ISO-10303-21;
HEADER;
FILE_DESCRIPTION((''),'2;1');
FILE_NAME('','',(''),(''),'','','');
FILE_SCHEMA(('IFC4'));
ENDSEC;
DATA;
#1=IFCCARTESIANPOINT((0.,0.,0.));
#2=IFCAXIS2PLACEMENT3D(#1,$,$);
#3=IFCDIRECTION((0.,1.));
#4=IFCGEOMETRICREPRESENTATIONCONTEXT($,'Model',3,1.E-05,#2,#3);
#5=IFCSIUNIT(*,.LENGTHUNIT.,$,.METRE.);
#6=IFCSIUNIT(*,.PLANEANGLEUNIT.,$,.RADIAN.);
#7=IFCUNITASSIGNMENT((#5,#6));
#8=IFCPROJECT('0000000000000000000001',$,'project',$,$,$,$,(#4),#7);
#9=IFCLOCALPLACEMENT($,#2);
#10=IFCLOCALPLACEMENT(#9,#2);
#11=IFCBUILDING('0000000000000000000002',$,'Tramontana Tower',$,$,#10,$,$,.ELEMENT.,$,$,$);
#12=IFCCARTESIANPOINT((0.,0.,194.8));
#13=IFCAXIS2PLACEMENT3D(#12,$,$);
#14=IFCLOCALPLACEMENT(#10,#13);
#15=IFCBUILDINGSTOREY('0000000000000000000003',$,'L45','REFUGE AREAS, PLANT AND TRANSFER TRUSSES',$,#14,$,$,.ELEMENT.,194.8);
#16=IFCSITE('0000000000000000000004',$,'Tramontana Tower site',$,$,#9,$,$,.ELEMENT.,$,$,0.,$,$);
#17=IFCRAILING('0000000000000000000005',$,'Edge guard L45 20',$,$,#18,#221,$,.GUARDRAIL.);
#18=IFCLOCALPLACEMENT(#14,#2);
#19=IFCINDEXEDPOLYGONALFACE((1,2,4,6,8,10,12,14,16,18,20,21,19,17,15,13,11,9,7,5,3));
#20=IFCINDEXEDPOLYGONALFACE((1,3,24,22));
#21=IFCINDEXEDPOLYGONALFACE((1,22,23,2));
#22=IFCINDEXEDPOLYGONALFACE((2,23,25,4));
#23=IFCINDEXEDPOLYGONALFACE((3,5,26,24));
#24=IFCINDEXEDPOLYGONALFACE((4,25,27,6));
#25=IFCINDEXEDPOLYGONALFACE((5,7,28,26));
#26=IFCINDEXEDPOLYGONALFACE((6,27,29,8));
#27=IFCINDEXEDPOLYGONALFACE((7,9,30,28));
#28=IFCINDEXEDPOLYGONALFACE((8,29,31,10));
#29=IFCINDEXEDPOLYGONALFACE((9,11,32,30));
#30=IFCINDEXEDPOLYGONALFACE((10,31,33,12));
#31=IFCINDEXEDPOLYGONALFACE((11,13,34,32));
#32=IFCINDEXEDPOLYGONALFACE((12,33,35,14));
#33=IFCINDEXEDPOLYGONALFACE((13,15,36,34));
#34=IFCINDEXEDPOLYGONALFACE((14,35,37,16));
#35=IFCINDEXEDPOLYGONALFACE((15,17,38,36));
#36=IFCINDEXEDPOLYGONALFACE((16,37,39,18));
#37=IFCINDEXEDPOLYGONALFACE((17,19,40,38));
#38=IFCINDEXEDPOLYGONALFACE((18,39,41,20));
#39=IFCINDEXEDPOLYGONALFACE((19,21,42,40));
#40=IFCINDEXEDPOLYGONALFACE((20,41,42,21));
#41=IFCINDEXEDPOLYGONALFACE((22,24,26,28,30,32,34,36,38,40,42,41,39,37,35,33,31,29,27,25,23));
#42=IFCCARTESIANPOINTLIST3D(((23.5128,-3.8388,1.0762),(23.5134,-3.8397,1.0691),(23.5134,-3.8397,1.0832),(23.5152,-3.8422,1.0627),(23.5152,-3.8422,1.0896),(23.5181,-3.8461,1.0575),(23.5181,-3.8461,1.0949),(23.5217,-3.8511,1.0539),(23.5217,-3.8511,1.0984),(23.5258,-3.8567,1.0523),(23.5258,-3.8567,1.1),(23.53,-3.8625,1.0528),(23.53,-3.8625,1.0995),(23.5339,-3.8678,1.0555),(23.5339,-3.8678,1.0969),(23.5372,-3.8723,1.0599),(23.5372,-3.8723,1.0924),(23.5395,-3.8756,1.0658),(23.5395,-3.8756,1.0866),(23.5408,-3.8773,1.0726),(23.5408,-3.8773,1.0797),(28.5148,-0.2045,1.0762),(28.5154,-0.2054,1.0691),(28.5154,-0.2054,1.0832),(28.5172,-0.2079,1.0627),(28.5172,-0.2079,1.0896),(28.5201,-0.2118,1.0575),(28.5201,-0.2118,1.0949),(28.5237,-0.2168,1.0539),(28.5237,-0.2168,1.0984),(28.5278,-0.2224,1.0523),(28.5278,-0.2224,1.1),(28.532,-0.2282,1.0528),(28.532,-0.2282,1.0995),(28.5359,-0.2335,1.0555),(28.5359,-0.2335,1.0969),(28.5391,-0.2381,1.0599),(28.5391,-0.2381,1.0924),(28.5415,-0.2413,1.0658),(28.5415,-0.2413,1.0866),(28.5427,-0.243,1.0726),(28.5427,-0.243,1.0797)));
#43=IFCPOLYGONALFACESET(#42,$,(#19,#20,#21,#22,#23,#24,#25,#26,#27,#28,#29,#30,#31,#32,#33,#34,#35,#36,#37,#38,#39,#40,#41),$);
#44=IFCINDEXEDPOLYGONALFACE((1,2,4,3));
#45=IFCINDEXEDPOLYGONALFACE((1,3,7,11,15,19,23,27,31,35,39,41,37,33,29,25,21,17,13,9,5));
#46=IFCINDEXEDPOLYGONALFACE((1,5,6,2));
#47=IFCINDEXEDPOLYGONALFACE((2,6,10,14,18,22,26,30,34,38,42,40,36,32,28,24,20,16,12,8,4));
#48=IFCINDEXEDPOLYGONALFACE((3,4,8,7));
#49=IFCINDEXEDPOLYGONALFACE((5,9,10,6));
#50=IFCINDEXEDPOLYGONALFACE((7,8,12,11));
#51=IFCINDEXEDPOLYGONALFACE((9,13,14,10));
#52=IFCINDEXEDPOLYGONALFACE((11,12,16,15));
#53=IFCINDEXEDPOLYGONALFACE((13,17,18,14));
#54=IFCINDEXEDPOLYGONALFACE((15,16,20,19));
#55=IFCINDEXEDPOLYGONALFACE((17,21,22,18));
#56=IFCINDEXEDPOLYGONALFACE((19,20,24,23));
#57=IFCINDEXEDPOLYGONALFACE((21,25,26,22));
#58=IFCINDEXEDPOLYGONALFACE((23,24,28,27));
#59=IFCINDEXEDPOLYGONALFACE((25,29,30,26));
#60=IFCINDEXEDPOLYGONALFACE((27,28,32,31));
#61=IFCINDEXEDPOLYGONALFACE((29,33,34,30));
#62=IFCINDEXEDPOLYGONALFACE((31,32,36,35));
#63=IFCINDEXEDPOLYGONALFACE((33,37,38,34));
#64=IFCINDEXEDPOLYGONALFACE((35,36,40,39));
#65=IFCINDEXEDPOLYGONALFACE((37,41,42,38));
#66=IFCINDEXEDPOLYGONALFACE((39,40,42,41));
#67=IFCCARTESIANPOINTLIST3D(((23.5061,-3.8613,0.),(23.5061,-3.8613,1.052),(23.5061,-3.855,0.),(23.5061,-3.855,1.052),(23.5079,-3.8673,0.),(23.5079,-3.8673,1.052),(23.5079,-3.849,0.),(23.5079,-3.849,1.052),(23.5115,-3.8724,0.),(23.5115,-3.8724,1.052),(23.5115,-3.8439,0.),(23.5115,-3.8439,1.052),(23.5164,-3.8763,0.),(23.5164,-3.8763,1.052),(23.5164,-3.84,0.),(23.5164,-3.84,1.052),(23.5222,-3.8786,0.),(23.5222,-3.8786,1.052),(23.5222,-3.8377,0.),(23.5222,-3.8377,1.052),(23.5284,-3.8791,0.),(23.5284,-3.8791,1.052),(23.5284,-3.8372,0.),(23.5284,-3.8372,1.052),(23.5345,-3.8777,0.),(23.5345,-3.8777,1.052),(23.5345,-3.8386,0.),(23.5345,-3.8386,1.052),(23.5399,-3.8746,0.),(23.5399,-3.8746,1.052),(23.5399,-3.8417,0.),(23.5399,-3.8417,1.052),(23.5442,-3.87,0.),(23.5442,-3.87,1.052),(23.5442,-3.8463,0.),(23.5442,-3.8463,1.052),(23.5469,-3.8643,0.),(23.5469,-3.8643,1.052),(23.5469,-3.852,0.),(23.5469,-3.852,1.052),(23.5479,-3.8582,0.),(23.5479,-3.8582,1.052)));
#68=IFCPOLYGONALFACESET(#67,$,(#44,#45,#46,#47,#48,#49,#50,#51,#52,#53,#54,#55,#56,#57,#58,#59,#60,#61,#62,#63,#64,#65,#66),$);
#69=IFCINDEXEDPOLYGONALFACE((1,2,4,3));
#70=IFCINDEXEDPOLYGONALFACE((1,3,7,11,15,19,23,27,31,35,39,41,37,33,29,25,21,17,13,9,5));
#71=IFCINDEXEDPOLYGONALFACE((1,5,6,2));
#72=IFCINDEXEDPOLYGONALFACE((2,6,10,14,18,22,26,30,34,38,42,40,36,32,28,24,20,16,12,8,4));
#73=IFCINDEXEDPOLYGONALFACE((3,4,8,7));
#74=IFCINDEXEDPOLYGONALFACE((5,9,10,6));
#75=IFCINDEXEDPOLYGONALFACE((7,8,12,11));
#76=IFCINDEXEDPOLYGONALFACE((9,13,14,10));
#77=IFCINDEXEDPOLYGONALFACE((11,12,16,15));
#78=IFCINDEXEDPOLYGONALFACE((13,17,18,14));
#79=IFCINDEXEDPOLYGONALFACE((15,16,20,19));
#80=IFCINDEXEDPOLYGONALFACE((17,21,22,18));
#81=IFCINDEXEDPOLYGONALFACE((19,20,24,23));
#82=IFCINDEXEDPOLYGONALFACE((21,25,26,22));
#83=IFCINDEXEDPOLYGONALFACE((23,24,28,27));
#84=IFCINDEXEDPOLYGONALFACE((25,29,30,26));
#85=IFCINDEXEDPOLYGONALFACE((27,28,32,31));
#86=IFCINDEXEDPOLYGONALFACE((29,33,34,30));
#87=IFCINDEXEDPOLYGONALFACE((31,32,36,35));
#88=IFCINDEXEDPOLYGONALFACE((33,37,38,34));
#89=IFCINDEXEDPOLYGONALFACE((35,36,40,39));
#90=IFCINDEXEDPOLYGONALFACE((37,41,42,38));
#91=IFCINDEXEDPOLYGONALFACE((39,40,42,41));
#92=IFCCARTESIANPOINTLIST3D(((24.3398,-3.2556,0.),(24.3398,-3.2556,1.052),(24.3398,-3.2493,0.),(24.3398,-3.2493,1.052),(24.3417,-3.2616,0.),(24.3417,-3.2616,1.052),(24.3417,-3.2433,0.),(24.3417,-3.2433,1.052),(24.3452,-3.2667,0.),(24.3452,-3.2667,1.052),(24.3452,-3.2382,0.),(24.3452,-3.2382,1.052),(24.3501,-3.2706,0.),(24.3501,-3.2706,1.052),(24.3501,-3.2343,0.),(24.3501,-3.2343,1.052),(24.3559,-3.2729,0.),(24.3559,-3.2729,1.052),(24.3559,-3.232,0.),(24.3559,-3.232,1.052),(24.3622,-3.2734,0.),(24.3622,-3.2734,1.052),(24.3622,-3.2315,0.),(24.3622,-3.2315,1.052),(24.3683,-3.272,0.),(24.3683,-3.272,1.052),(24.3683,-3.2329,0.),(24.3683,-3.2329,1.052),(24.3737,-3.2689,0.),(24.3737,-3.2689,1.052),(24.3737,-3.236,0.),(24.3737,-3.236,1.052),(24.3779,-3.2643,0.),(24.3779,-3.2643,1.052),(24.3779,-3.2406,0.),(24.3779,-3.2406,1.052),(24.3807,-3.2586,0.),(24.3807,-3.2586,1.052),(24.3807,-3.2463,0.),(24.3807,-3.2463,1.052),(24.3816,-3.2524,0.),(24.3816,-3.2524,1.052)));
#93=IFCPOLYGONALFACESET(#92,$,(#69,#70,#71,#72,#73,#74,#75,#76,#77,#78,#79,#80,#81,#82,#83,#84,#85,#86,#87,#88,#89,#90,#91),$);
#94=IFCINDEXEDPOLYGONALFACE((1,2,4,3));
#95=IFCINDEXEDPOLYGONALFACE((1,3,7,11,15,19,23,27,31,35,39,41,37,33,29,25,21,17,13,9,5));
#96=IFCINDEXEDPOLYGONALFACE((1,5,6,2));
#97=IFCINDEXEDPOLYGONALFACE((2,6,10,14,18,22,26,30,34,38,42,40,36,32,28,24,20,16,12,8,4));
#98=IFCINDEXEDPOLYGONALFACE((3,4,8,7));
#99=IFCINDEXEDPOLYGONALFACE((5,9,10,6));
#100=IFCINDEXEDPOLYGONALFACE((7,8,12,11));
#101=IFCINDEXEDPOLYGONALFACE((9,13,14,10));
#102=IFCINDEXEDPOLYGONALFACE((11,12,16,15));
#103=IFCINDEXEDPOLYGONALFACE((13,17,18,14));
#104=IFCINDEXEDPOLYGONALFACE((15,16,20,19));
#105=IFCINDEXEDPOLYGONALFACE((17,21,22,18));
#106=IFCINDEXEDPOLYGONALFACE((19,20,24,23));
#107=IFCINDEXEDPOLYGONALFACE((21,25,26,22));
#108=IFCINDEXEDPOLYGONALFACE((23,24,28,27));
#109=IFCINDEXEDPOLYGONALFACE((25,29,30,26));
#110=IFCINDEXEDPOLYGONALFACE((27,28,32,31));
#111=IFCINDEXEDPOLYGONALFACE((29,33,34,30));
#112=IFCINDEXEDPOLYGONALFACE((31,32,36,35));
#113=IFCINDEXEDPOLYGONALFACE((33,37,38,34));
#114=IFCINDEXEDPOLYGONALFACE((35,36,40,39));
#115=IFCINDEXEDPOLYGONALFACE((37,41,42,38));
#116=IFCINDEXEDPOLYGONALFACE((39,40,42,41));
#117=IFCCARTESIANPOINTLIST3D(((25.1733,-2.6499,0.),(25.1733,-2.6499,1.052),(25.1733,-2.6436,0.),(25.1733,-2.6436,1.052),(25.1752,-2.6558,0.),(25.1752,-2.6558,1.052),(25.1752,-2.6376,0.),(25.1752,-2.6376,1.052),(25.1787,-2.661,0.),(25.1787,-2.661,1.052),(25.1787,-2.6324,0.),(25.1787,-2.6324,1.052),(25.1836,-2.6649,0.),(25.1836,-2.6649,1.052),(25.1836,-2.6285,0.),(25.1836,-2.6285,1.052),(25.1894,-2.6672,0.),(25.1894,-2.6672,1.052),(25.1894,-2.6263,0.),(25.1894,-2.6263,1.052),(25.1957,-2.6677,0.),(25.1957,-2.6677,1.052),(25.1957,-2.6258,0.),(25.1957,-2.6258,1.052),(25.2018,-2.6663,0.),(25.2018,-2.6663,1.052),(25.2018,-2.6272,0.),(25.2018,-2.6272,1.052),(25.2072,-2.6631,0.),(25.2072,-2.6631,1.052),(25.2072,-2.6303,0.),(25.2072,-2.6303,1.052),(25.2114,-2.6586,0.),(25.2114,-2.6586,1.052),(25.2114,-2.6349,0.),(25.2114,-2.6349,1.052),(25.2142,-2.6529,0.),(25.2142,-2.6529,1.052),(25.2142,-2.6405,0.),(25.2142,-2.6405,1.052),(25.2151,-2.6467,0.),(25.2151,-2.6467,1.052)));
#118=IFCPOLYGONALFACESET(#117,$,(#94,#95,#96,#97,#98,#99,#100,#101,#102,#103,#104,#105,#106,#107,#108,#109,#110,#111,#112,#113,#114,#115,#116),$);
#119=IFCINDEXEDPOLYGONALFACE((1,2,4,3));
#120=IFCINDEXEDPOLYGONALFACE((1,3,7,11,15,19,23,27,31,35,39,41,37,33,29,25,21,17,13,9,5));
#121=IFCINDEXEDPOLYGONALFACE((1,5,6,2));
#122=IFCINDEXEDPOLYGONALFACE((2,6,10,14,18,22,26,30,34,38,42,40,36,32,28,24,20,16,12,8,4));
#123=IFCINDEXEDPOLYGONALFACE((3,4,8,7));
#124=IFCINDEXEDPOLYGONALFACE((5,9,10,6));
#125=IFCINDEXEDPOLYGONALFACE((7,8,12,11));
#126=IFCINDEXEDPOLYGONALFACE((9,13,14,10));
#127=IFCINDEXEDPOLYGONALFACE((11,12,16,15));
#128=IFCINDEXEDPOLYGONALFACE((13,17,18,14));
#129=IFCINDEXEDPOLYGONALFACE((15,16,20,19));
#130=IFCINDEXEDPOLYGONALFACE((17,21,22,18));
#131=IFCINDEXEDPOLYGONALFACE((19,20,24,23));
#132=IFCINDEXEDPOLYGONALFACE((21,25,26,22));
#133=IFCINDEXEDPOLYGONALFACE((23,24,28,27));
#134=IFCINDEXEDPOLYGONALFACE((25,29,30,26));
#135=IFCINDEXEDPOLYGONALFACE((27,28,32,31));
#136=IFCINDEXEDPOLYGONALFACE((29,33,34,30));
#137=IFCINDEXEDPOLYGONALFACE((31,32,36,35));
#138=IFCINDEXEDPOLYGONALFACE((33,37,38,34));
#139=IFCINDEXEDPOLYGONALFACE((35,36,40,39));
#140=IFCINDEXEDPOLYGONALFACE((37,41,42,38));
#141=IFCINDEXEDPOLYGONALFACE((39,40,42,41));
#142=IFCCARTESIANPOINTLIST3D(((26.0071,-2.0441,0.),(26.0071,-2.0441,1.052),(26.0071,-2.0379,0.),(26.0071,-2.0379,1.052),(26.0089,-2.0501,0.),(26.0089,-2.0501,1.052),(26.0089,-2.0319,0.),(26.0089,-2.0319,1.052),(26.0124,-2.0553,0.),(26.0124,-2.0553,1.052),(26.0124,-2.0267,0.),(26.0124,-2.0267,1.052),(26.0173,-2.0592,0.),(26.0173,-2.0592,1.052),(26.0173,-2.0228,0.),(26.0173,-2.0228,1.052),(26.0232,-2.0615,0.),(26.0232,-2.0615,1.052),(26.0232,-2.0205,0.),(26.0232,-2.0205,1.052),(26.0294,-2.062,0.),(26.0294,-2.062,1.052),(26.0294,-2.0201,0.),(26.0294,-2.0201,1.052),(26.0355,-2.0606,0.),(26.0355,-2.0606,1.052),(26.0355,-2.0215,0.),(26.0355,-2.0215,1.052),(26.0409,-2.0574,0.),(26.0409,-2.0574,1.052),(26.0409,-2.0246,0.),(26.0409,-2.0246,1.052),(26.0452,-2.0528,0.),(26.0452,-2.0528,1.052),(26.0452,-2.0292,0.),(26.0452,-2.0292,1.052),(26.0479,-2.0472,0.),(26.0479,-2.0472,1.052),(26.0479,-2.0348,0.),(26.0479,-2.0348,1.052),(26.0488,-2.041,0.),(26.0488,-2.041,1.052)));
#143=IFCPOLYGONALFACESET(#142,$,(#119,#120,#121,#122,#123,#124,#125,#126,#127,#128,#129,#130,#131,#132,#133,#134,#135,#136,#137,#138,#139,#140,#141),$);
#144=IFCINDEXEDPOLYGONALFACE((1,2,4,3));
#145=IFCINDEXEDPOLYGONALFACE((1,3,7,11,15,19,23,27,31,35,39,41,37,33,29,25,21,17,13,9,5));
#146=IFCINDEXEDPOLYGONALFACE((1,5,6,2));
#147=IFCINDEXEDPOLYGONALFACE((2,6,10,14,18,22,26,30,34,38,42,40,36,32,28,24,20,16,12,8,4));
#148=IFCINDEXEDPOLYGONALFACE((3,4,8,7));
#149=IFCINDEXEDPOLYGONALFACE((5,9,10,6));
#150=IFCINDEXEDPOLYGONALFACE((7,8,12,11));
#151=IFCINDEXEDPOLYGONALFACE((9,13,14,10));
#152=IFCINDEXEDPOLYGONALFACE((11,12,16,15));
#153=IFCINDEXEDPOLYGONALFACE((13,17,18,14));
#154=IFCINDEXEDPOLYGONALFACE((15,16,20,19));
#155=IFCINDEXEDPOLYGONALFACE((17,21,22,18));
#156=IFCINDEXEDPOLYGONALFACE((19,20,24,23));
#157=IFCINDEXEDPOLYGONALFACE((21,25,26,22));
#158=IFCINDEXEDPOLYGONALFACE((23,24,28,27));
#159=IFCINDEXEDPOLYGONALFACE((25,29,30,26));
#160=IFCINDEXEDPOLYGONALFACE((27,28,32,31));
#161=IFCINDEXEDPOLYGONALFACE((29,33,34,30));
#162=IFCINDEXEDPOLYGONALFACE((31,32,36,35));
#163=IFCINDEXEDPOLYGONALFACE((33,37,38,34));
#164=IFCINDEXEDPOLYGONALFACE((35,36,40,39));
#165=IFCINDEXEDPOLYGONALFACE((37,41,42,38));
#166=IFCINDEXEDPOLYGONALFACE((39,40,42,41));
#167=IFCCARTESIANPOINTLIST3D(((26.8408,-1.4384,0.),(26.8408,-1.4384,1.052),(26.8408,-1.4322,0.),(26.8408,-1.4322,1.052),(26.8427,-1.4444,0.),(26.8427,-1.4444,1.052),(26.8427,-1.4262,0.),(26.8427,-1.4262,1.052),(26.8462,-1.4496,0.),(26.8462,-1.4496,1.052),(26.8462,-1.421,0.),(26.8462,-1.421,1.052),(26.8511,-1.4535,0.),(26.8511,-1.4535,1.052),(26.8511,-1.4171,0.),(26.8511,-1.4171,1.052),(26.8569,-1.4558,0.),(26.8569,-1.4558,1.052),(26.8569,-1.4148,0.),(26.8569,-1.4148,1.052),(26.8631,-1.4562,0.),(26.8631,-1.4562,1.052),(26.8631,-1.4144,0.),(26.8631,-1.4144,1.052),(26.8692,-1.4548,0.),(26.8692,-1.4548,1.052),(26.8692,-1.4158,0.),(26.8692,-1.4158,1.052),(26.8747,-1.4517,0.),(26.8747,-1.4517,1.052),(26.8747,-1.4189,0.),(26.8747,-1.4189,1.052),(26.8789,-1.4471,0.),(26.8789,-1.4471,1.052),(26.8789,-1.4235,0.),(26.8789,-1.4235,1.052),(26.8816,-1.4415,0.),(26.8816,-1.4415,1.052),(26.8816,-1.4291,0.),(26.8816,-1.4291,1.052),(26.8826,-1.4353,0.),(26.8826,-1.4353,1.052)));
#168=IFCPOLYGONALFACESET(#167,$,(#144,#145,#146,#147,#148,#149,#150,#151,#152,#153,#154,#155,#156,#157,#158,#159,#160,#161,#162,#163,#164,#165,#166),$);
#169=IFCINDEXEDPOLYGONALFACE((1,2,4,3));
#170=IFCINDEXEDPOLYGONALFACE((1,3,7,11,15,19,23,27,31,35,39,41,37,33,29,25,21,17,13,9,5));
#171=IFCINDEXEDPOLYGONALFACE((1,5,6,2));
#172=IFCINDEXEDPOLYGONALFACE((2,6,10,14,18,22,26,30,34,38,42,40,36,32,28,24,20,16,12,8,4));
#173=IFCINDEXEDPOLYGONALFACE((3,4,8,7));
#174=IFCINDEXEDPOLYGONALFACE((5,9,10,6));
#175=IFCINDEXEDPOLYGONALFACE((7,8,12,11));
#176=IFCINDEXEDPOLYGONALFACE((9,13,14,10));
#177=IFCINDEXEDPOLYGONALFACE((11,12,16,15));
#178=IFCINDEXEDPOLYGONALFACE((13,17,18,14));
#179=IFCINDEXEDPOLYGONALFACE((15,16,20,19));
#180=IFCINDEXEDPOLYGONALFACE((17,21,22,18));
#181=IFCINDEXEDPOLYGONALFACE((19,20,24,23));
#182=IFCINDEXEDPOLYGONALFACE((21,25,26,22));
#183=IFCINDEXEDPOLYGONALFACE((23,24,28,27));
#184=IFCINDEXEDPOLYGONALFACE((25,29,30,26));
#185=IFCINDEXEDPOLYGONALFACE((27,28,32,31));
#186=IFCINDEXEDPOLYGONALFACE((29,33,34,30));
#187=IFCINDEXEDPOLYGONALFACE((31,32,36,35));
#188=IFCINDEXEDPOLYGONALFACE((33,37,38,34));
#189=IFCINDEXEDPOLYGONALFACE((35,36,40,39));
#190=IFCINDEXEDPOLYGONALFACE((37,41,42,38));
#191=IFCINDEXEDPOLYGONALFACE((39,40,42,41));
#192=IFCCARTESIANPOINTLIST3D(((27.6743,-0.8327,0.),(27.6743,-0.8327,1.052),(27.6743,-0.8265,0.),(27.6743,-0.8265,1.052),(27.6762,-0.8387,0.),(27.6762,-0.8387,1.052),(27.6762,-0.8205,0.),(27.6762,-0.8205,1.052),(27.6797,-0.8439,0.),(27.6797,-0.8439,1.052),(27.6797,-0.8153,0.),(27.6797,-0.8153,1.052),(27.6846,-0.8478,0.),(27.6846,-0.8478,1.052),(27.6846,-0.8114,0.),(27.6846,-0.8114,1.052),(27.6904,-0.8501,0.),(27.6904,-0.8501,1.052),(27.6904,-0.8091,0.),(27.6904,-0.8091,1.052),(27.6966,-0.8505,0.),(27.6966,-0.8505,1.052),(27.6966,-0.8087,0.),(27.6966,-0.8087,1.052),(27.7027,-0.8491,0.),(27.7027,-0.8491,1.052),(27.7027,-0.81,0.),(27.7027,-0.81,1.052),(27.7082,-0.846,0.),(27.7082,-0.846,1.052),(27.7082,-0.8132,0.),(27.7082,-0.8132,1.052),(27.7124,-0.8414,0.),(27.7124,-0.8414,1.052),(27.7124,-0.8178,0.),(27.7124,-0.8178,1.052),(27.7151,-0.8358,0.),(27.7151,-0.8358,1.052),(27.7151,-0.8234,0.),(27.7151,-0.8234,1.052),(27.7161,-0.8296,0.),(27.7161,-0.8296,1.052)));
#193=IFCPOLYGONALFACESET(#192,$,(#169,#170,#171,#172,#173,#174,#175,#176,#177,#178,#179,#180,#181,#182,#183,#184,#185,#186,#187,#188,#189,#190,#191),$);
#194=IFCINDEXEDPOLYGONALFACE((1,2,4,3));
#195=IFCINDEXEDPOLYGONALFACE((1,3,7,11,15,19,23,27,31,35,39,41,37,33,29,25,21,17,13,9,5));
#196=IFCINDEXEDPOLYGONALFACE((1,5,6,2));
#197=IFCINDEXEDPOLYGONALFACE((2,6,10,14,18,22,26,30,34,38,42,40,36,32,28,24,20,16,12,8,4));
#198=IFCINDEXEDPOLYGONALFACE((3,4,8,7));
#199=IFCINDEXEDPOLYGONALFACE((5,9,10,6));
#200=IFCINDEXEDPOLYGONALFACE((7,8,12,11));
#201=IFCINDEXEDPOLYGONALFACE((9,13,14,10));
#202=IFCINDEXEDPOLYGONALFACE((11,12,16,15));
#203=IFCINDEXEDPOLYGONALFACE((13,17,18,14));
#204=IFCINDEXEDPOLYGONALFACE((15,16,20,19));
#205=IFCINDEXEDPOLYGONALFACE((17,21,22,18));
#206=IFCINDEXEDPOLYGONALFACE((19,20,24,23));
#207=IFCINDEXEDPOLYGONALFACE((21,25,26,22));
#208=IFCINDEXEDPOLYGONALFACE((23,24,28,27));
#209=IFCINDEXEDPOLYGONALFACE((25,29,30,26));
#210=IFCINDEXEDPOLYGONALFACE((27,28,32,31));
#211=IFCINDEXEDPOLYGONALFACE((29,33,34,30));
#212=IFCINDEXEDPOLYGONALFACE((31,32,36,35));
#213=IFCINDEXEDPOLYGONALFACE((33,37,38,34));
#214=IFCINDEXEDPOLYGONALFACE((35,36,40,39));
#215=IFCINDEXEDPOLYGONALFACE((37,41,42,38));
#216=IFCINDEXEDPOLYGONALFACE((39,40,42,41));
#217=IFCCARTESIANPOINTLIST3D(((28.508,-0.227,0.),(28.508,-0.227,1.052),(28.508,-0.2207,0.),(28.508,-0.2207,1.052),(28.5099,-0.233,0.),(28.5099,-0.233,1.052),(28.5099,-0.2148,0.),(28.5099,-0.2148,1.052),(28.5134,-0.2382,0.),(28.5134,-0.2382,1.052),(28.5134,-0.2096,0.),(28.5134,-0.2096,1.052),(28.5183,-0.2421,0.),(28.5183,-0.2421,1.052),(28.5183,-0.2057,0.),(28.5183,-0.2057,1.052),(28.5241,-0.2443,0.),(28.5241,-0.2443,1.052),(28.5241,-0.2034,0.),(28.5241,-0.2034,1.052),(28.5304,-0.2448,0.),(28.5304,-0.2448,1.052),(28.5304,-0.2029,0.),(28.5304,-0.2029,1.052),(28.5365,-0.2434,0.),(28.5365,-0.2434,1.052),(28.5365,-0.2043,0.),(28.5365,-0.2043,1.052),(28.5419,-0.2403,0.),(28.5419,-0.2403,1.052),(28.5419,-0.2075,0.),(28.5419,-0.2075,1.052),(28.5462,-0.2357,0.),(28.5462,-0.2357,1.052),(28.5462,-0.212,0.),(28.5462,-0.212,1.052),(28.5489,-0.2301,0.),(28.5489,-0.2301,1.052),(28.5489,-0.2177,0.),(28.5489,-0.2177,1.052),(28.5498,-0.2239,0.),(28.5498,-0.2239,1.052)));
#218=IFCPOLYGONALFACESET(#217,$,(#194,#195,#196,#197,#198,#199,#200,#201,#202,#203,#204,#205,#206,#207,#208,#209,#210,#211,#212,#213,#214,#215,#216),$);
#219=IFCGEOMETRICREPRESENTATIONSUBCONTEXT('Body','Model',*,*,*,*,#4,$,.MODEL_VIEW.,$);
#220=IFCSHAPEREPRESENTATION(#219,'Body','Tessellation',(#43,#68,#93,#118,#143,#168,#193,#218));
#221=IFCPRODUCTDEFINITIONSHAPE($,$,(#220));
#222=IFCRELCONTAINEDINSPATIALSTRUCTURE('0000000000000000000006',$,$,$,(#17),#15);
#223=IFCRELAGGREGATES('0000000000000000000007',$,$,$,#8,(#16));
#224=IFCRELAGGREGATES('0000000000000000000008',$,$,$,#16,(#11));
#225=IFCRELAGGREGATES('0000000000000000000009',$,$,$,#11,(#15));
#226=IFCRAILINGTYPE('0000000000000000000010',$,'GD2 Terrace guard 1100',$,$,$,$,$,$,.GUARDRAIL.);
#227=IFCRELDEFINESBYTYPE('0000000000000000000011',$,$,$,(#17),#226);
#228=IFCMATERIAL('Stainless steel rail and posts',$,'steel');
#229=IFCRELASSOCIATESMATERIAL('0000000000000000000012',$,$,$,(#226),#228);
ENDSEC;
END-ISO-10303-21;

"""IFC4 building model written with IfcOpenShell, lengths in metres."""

from ifc_helpers import new_model, si_unit, direction, frame, origin, origin_2d, place, context, subcontext, project, spatial, circle, extrude, material, type_object, element, save


model = new_model("IFC4")

# Units and contexts
model_context = context("Model", 3, precision=1e-05, world=origin(), true_north=direction((0.0, 1.0)))
body_context = subcontext(model_context, "Body", "Model", "MODEL_VIEW")
ifc_project = project(units=[si_unit("LENGTHUNIT", "METRE"), si_unit("PLANEANGLEUNIT", "RADIAN")], contexts=[model_context])

# Site, building, storey
site_placement = place(None, origin())
site = spatial("IfcSite", under=ifc_project, at=site_placement, Name="Tramontana Tower site", CompositionType="ELEMENT", RefElevation=0.0)
building_placement = place(site_placement, origin())
building = spatial("IfcBuilding", under=site, at=building_placement, Name="Tramontana Tower", CompositionType="ELEMENT")
storey_placement = place(building_placement, frame((0.0, 0.0, 194.8)))
storey = spatial("IfcBuildingStorey", under=building, at=storey_placement, Name="L45", Description="REFUGE AREAS, PLANT AND TRANSFER TRUSSES", CompositionType="ELEMENT", Elevation=194.8)

# Railing
ifc_material_1 = material(Name="Stainless steel rail and posts", Category="steel")
railing_type = type_object("IfcRailingType", Name="GD2 Terrace guard 1100", PredefinedType="GUARDRAIL", material=ifc_material_1)
railing_placement = place(storey_placement, frame((23.5269, -3.8582, 0.0)))
element("IfcRailing", 1, at=railing_placement, inside=storey, type_object=railing_type, Name="Edge guard L45 20", PredefinedType="GUARDRAIL", context=body_context, shape_type="SweptSolid", body=[
    extrude(circle(Radius=0.0239, at=origin_2d()), frame((0.0, 0.0, 1.0762), z_axis=(0.809006, 0.587801, 0.0), x_axis=(-0.587801, 0.809006, 0.0)), (0.0, 0.0, 1.0), 6.1829),
    extrude(circle(Radius=0.021, at=origin_2d()), origin(), (0.0, 0.0, 1.0), 1.052),
    extrude(circle(Radius=0.021, at=origin_2d()), frame((0.8337, 0.6057, 0.0)), (0.0, 0.0, 1.0), 1.052),
    extrude(circle(Radius=0.021, at=origin_2d()), frame((1.6672, 1.2114, 0.0)), (0.0, 0.0, 1.0), 1.052),
    extrude(circle(Radius=0.021, at=origin_2d()), frame((2.501, 1.8171, 0.0)), (0.0, 0.0, 1.0), 1.052),
    extrude(circle(Radius=0.021, at=origin_2d()), frame((3.3347, 2.4229, 0.0)), (0.0, 0.0, 1.0), 1.052),
    extrude(circle(Radius=0.021, at=origin_2d()), frame((4.1682, 3.0286, 0.0)), (0.0, 0.0, 1.0), 1.052),
    extrude(circle(Radius=0.021, at=origin_2d()), frame((5.002, 3.6343, 0.0)), (0.0, 0.0, 1.0), 1.052),
])

save(model, "model.ifc")
